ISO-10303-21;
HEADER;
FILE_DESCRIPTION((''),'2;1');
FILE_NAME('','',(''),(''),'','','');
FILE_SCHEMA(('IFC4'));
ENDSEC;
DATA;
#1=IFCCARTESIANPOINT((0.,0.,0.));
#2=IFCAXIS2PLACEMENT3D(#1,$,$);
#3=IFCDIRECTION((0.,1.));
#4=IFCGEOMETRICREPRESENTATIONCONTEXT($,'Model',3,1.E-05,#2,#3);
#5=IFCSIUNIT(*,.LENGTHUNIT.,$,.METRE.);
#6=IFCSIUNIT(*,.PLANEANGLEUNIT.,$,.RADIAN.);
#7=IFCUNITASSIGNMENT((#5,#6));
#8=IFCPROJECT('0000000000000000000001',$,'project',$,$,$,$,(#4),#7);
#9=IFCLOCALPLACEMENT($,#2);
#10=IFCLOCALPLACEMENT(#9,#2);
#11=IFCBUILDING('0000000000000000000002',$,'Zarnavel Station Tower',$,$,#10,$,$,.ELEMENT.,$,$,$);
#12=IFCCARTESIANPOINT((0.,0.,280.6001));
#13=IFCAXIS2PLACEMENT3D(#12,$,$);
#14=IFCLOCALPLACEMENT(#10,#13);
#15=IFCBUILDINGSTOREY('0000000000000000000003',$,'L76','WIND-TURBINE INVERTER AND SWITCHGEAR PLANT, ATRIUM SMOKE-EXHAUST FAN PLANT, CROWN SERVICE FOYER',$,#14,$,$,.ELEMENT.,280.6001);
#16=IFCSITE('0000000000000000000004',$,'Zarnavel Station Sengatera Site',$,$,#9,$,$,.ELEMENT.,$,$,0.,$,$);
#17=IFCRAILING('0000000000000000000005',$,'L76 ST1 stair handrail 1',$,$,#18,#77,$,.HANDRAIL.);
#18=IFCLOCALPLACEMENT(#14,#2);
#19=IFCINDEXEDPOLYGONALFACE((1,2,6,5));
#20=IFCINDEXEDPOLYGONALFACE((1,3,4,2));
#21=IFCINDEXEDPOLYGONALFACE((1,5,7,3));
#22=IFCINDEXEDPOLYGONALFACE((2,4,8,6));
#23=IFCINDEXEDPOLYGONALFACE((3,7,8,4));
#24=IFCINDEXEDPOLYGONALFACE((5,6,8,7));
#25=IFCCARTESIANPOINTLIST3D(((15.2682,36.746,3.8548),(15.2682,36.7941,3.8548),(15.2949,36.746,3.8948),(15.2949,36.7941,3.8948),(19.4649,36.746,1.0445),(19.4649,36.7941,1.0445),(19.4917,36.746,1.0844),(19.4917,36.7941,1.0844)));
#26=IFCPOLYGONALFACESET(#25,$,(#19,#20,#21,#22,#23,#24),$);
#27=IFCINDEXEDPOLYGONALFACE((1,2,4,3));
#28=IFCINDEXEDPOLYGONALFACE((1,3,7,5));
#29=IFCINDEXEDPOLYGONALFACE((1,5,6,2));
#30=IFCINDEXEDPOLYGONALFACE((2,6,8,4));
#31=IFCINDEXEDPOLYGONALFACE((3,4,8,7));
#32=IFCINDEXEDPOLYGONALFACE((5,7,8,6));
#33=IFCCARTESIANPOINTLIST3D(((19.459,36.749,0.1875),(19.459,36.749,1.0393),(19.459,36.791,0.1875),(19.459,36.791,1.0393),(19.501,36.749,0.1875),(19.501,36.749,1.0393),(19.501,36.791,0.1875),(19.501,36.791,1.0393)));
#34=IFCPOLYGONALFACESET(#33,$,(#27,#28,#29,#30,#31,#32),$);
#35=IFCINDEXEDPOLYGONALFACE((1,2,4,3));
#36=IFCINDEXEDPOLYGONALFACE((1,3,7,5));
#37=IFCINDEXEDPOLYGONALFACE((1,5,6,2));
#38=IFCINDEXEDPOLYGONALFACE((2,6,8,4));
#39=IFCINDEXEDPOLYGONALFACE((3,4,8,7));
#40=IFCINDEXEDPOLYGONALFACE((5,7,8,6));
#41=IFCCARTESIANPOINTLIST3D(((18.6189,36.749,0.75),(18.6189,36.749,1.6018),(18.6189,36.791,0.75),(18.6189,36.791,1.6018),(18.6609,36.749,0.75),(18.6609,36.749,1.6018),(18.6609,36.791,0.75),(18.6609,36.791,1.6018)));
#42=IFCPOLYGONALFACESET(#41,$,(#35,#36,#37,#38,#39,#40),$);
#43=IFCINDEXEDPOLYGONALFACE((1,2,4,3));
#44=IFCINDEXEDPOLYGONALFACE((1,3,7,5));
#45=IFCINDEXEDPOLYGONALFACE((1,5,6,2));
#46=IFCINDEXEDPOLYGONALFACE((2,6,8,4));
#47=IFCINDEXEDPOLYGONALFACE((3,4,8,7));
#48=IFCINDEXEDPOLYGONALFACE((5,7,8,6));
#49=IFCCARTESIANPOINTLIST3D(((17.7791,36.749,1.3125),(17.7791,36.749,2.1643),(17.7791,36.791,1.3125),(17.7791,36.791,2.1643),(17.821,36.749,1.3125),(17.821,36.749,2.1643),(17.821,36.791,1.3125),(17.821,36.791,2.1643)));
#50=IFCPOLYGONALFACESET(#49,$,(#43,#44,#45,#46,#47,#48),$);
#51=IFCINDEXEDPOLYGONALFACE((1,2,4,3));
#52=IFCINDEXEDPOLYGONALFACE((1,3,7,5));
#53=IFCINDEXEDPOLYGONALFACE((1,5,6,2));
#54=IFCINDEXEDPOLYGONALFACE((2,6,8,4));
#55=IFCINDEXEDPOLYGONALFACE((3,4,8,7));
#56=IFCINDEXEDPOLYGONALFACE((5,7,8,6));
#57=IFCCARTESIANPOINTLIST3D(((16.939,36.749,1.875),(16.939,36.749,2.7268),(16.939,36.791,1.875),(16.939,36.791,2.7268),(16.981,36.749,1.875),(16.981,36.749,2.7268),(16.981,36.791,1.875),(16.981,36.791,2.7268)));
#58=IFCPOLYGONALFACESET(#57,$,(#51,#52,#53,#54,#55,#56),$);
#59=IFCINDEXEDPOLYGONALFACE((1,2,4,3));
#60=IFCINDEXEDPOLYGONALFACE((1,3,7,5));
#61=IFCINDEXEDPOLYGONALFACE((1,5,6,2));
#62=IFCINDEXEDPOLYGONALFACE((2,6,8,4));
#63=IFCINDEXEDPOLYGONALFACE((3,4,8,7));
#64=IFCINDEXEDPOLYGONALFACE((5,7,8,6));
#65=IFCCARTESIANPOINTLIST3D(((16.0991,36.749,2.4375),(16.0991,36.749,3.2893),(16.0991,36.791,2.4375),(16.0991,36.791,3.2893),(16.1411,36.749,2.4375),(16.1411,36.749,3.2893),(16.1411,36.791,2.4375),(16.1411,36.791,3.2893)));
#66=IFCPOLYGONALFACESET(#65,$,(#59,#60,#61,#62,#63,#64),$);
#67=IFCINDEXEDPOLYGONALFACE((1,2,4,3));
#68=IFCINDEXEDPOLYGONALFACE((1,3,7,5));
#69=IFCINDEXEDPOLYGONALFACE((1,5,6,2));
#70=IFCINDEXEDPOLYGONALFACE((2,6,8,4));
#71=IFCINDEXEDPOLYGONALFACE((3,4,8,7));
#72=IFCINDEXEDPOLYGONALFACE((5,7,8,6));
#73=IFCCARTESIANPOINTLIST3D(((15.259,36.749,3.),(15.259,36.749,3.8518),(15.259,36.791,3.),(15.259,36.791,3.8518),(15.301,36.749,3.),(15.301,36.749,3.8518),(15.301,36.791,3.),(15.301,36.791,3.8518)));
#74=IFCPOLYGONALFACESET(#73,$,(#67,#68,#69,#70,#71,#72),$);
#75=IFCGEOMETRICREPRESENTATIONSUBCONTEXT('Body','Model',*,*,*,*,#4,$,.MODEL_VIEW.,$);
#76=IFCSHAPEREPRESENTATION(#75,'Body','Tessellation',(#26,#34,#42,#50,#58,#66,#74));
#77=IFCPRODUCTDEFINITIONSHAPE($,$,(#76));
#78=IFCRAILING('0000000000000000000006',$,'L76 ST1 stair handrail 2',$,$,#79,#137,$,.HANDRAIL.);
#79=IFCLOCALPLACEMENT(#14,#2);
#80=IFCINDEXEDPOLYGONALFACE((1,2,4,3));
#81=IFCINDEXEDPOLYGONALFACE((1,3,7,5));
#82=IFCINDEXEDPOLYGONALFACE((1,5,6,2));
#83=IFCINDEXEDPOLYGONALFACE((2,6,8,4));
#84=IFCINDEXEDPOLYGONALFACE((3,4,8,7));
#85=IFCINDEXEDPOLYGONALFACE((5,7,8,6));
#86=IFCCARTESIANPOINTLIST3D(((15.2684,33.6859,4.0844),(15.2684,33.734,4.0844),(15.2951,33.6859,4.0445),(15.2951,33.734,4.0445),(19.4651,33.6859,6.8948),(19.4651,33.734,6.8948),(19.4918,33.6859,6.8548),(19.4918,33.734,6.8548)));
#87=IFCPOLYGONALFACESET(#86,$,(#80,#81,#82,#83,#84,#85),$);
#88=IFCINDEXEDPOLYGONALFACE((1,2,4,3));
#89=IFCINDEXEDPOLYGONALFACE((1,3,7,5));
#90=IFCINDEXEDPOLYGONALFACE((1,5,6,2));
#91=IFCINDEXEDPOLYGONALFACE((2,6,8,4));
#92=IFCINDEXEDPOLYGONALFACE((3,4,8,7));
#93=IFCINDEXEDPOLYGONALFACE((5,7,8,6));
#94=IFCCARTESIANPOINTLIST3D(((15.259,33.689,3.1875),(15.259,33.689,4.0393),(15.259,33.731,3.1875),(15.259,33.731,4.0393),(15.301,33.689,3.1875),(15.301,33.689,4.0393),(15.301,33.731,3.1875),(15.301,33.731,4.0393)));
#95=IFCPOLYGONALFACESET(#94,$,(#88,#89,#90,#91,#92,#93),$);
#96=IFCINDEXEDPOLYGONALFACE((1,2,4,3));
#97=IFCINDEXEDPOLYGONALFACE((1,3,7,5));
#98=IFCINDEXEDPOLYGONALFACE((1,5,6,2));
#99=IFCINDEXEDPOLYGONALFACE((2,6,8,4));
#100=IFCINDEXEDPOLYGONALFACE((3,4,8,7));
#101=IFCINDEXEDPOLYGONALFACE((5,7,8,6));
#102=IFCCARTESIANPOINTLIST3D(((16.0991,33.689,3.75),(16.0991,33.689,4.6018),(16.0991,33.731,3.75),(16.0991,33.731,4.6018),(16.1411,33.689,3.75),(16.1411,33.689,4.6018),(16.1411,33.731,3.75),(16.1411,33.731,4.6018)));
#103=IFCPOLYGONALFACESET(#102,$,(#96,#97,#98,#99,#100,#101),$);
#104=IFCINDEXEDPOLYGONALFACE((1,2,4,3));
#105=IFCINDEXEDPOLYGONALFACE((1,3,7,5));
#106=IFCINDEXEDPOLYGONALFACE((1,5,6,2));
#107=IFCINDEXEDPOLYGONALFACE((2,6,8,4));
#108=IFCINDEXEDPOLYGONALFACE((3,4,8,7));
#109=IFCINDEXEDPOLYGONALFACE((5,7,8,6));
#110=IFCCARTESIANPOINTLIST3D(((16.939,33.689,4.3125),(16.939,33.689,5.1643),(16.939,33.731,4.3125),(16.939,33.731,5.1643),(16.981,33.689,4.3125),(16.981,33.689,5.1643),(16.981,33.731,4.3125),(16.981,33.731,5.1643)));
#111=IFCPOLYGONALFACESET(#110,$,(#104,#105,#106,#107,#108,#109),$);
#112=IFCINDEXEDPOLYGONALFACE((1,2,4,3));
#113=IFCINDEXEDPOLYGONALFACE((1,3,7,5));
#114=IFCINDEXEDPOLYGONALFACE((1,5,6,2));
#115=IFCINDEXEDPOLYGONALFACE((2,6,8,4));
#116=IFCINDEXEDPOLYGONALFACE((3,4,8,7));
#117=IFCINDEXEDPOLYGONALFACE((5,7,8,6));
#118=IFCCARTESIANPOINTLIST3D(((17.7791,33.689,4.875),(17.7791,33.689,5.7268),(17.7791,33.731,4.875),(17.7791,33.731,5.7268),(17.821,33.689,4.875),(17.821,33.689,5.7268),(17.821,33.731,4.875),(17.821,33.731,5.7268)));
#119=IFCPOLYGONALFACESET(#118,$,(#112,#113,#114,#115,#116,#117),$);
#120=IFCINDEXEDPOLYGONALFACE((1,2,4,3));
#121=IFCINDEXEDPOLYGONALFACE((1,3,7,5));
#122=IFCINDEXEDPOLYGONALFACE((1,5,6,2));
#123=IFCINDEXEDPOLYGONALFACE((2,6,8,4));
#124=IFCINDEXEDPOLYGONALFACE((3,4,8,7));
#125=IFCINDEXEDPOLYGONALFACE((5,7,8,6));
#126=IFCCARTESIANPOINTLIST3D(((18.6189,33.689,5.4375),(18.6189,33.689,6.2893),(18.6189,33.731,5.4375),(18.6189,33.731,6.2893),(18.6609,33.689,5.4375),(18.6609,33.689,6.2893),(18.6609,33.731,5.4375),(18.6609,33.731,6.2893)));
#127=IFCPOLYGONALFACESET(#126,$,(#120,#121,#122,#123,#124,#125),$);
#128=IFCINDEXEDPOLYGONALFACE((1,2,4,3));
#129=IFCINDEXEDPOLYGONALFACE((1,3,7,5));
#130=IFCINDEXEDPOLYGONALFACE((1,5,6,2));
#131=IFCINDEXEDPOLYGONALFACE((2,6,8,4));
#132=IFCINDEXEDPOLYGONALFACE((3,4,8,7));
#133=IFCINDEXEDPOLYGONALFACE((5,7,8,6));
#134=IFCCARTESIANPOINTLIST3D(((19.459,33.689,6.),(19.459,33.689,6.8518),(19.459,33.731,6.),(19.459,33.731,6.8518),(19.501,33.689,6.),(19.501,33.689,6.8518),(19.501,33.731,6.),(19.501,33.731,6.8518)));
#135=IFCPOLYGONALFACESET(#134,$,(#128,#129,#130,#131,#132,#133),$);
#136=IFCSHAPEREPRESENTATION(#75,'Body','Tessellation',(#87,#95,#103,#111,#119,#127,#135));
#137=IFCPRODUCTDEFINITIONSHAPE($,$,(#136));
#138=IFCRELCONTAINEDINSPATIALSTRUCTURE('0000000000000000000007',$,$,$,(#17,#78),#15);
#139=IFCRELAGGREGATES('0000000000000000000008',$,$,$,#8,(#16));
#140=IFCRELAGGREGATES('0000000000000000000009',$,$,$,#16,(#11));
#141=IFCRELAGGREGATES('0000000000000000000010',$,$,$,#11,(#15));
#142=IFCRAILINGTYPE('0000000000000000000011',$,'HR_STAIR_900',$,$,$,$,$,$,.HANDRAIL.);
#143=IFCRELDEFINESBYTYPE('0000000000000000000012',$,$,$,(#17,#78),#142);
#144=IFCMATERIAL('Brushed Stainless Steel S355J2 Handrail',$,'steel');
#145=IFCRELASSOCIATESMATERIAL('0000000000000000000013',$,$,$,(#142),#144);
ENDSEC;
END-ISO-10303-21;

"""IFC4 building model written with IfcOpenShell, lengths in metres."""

from ifc_helpers import new_model, si_unit, direction, frame, origin, origin_2d, place, context, subcontext, project, spatial, rectangle, extrude, material, type_object, element, save


model = new_model("IFC4")

# Units and contexts
model_context = context("Model", 3, precision=1e-05, world=origin(), true_north=direction((0.0, 1.0)))
body_context = subcontext(model_context, "Body", "Model", "MODEL_VIEW")
ifc_project = project(units=[si_unit("LENGTHUNIT", "METRE"), si_unit("PLANEANGLEUNIT", "RADIAN")], contexts=[model_context])

# Site, building, storey
site_placement = place(None, origin())
site = spatial("IfcSite", under=ifc_project, at=site_placement, Name="Zarnavel Station Sengatera Site", CompositionType="ELEMENT", RefElevation=0.0)
building_placement = place(site_placement, origin())
building = spatial("IfcBuilding", under=site, at=building_placement, Name="Zarnavel Station Tower", CompositionType="ELEMENT")
storey_placement = place(building_placement, frame((0.0, 0.0, 280.6001)))
storey = spatial("IfcBuildingStorey", under=building, at=storey_placement, Name="L76", Description="WIND-TURBINE INVERTER AND SWITCHGEAR PLANT, ATRIUM SMOKE-EXHAUST FAN PLANT, CROWN SERVICE FOYER", CompositionType="ELEMENT", Elevation=280.6001)

# Railings
ifc_material_1 = material(Name="Brushed Stainless Steel S355J2 Handrail", Category="steel")
railing_type_1 = type_object("IfcRailingType", Name="HR_STAIR_900", PredefinedType="HANDRAIL", material=ifc_material_1)
railing_1_placement = place(storey_placement, frame((19.48, 36.77, 0.1875)))
element("IfcRailing", 1, at=railing_1_placement, inside=storey, type_object=railing_type_1, Name="L76 ST1 stair handrail 1", PredefinedType="HANDRAIL", context=body_context, shape_type="SweptSolid", body=[
    extrude(rectangle(XDim=0.0481, YDim=0.0481, at=origin_2d()), frame((-0.0017, 0.0, 0.877), z_axis=(-0.830904, 0.0, 0.556416), x_axis=(0.0, -1.0, 0.0)), (0.0, 0.0, 1.0), 5.0508),
    extrude(rectangle(XDim=0.042, YDim=0.042, at=origin_2d()), origin(), (0.0, 0.0, 1.0), 0.8518),
    extrude(rectangle(XDim=0.042, YDim=0.042, at=origin_2d()), frame((-0.8401, 0.0, 0.5625)), (0.0, 0.0, 1.0), 0.8518),
    extrude(rectangle(XDim=0.042, YDim=0.042, at=origin_2d()), frame((-1.6799, 0.0, 1.125)), (0.0, 0.0, 1.0), 0.8518),
    extrude(rectangle(XDim=0.042, YDim=0.042, at=origin_2d()), frame((-2.52, 0.0, 1.6875)), (0.0, 0.0, 1.0), 0.8518),
    extrude(rectangle(XDim=0.042, YDim=0.042, at=origin_2d()), frame((-3.3599, 0.0, 2.25)), (0.0, 0.0, 1.0), 0.8518),
    extrude(rectangle(XDim=0.042, YDim=0.042, at=origin_2d()), frame((-4.2, 0.0, 2.8125)), (0.0, 0.0, 1.0), 0.8518),
])
railing_2_placement = place(storey_placement, frame((15.28, 33.71, 3.1875)))
element("IfcRailing", 2, at=railing_2_placement, inside=storey, type_object=railing_type_1, Name="L76 ST1 stair handrail 2", PredefinedType="HANDRAIL", context=body_context, shape_type="SweptSolid", body=[
    extrude(rectangle(XDim=0.0481, YDim=0.0481, at=origin_2d()), frame((0.0017, 0.0, 0.877), z_axis=(0.830904, 0.0, 0.556416), x_axis=(0.0, 1.0, 0.0)), (0.0, 0.0, 1.0), 5.0508),
    extrude(rectangle(XDim=0.042, YDim=0.042, at=origin_2d()), origin(), (0.0, 0.0, 1.0), 0.8518),
    extrude(rectangle(XDim=0.042, YDim=0.042, at=origin_2d()), frame((0.8401, 0.0, 0.5625)), (0.0, 0.0, 1.0), 0.8518),
    extrude(rectangle(XDim=0.042, YDim=0.042, at=origin_2d()), frame((1.6799, 0.0, 1.125)), (0.0, 0.0, 1.0), 0.8518),
    extrude(rectangle(XDim=0.042, YDim=0.042, at=origin_2d()), frame((2.52, 0.0, 1.6875)), (0.0, 0.0, 1.0), 0.8518),
    extrude(rectangle(XDim=0.042, YDim=0.042, at=origin_2d()), frame((3.3599, 0.0, 2.25)), (0.0, 0.0, 1.0), 0.8518),
    extrude(rectangle(XDim=0.042, YDim=0.042, at=origin_2d()), frame((4.2, 0.0, 2.8125)), (0.0, 0.0, 1.0), 0.8518),
])

save(model, "model.ifc")
